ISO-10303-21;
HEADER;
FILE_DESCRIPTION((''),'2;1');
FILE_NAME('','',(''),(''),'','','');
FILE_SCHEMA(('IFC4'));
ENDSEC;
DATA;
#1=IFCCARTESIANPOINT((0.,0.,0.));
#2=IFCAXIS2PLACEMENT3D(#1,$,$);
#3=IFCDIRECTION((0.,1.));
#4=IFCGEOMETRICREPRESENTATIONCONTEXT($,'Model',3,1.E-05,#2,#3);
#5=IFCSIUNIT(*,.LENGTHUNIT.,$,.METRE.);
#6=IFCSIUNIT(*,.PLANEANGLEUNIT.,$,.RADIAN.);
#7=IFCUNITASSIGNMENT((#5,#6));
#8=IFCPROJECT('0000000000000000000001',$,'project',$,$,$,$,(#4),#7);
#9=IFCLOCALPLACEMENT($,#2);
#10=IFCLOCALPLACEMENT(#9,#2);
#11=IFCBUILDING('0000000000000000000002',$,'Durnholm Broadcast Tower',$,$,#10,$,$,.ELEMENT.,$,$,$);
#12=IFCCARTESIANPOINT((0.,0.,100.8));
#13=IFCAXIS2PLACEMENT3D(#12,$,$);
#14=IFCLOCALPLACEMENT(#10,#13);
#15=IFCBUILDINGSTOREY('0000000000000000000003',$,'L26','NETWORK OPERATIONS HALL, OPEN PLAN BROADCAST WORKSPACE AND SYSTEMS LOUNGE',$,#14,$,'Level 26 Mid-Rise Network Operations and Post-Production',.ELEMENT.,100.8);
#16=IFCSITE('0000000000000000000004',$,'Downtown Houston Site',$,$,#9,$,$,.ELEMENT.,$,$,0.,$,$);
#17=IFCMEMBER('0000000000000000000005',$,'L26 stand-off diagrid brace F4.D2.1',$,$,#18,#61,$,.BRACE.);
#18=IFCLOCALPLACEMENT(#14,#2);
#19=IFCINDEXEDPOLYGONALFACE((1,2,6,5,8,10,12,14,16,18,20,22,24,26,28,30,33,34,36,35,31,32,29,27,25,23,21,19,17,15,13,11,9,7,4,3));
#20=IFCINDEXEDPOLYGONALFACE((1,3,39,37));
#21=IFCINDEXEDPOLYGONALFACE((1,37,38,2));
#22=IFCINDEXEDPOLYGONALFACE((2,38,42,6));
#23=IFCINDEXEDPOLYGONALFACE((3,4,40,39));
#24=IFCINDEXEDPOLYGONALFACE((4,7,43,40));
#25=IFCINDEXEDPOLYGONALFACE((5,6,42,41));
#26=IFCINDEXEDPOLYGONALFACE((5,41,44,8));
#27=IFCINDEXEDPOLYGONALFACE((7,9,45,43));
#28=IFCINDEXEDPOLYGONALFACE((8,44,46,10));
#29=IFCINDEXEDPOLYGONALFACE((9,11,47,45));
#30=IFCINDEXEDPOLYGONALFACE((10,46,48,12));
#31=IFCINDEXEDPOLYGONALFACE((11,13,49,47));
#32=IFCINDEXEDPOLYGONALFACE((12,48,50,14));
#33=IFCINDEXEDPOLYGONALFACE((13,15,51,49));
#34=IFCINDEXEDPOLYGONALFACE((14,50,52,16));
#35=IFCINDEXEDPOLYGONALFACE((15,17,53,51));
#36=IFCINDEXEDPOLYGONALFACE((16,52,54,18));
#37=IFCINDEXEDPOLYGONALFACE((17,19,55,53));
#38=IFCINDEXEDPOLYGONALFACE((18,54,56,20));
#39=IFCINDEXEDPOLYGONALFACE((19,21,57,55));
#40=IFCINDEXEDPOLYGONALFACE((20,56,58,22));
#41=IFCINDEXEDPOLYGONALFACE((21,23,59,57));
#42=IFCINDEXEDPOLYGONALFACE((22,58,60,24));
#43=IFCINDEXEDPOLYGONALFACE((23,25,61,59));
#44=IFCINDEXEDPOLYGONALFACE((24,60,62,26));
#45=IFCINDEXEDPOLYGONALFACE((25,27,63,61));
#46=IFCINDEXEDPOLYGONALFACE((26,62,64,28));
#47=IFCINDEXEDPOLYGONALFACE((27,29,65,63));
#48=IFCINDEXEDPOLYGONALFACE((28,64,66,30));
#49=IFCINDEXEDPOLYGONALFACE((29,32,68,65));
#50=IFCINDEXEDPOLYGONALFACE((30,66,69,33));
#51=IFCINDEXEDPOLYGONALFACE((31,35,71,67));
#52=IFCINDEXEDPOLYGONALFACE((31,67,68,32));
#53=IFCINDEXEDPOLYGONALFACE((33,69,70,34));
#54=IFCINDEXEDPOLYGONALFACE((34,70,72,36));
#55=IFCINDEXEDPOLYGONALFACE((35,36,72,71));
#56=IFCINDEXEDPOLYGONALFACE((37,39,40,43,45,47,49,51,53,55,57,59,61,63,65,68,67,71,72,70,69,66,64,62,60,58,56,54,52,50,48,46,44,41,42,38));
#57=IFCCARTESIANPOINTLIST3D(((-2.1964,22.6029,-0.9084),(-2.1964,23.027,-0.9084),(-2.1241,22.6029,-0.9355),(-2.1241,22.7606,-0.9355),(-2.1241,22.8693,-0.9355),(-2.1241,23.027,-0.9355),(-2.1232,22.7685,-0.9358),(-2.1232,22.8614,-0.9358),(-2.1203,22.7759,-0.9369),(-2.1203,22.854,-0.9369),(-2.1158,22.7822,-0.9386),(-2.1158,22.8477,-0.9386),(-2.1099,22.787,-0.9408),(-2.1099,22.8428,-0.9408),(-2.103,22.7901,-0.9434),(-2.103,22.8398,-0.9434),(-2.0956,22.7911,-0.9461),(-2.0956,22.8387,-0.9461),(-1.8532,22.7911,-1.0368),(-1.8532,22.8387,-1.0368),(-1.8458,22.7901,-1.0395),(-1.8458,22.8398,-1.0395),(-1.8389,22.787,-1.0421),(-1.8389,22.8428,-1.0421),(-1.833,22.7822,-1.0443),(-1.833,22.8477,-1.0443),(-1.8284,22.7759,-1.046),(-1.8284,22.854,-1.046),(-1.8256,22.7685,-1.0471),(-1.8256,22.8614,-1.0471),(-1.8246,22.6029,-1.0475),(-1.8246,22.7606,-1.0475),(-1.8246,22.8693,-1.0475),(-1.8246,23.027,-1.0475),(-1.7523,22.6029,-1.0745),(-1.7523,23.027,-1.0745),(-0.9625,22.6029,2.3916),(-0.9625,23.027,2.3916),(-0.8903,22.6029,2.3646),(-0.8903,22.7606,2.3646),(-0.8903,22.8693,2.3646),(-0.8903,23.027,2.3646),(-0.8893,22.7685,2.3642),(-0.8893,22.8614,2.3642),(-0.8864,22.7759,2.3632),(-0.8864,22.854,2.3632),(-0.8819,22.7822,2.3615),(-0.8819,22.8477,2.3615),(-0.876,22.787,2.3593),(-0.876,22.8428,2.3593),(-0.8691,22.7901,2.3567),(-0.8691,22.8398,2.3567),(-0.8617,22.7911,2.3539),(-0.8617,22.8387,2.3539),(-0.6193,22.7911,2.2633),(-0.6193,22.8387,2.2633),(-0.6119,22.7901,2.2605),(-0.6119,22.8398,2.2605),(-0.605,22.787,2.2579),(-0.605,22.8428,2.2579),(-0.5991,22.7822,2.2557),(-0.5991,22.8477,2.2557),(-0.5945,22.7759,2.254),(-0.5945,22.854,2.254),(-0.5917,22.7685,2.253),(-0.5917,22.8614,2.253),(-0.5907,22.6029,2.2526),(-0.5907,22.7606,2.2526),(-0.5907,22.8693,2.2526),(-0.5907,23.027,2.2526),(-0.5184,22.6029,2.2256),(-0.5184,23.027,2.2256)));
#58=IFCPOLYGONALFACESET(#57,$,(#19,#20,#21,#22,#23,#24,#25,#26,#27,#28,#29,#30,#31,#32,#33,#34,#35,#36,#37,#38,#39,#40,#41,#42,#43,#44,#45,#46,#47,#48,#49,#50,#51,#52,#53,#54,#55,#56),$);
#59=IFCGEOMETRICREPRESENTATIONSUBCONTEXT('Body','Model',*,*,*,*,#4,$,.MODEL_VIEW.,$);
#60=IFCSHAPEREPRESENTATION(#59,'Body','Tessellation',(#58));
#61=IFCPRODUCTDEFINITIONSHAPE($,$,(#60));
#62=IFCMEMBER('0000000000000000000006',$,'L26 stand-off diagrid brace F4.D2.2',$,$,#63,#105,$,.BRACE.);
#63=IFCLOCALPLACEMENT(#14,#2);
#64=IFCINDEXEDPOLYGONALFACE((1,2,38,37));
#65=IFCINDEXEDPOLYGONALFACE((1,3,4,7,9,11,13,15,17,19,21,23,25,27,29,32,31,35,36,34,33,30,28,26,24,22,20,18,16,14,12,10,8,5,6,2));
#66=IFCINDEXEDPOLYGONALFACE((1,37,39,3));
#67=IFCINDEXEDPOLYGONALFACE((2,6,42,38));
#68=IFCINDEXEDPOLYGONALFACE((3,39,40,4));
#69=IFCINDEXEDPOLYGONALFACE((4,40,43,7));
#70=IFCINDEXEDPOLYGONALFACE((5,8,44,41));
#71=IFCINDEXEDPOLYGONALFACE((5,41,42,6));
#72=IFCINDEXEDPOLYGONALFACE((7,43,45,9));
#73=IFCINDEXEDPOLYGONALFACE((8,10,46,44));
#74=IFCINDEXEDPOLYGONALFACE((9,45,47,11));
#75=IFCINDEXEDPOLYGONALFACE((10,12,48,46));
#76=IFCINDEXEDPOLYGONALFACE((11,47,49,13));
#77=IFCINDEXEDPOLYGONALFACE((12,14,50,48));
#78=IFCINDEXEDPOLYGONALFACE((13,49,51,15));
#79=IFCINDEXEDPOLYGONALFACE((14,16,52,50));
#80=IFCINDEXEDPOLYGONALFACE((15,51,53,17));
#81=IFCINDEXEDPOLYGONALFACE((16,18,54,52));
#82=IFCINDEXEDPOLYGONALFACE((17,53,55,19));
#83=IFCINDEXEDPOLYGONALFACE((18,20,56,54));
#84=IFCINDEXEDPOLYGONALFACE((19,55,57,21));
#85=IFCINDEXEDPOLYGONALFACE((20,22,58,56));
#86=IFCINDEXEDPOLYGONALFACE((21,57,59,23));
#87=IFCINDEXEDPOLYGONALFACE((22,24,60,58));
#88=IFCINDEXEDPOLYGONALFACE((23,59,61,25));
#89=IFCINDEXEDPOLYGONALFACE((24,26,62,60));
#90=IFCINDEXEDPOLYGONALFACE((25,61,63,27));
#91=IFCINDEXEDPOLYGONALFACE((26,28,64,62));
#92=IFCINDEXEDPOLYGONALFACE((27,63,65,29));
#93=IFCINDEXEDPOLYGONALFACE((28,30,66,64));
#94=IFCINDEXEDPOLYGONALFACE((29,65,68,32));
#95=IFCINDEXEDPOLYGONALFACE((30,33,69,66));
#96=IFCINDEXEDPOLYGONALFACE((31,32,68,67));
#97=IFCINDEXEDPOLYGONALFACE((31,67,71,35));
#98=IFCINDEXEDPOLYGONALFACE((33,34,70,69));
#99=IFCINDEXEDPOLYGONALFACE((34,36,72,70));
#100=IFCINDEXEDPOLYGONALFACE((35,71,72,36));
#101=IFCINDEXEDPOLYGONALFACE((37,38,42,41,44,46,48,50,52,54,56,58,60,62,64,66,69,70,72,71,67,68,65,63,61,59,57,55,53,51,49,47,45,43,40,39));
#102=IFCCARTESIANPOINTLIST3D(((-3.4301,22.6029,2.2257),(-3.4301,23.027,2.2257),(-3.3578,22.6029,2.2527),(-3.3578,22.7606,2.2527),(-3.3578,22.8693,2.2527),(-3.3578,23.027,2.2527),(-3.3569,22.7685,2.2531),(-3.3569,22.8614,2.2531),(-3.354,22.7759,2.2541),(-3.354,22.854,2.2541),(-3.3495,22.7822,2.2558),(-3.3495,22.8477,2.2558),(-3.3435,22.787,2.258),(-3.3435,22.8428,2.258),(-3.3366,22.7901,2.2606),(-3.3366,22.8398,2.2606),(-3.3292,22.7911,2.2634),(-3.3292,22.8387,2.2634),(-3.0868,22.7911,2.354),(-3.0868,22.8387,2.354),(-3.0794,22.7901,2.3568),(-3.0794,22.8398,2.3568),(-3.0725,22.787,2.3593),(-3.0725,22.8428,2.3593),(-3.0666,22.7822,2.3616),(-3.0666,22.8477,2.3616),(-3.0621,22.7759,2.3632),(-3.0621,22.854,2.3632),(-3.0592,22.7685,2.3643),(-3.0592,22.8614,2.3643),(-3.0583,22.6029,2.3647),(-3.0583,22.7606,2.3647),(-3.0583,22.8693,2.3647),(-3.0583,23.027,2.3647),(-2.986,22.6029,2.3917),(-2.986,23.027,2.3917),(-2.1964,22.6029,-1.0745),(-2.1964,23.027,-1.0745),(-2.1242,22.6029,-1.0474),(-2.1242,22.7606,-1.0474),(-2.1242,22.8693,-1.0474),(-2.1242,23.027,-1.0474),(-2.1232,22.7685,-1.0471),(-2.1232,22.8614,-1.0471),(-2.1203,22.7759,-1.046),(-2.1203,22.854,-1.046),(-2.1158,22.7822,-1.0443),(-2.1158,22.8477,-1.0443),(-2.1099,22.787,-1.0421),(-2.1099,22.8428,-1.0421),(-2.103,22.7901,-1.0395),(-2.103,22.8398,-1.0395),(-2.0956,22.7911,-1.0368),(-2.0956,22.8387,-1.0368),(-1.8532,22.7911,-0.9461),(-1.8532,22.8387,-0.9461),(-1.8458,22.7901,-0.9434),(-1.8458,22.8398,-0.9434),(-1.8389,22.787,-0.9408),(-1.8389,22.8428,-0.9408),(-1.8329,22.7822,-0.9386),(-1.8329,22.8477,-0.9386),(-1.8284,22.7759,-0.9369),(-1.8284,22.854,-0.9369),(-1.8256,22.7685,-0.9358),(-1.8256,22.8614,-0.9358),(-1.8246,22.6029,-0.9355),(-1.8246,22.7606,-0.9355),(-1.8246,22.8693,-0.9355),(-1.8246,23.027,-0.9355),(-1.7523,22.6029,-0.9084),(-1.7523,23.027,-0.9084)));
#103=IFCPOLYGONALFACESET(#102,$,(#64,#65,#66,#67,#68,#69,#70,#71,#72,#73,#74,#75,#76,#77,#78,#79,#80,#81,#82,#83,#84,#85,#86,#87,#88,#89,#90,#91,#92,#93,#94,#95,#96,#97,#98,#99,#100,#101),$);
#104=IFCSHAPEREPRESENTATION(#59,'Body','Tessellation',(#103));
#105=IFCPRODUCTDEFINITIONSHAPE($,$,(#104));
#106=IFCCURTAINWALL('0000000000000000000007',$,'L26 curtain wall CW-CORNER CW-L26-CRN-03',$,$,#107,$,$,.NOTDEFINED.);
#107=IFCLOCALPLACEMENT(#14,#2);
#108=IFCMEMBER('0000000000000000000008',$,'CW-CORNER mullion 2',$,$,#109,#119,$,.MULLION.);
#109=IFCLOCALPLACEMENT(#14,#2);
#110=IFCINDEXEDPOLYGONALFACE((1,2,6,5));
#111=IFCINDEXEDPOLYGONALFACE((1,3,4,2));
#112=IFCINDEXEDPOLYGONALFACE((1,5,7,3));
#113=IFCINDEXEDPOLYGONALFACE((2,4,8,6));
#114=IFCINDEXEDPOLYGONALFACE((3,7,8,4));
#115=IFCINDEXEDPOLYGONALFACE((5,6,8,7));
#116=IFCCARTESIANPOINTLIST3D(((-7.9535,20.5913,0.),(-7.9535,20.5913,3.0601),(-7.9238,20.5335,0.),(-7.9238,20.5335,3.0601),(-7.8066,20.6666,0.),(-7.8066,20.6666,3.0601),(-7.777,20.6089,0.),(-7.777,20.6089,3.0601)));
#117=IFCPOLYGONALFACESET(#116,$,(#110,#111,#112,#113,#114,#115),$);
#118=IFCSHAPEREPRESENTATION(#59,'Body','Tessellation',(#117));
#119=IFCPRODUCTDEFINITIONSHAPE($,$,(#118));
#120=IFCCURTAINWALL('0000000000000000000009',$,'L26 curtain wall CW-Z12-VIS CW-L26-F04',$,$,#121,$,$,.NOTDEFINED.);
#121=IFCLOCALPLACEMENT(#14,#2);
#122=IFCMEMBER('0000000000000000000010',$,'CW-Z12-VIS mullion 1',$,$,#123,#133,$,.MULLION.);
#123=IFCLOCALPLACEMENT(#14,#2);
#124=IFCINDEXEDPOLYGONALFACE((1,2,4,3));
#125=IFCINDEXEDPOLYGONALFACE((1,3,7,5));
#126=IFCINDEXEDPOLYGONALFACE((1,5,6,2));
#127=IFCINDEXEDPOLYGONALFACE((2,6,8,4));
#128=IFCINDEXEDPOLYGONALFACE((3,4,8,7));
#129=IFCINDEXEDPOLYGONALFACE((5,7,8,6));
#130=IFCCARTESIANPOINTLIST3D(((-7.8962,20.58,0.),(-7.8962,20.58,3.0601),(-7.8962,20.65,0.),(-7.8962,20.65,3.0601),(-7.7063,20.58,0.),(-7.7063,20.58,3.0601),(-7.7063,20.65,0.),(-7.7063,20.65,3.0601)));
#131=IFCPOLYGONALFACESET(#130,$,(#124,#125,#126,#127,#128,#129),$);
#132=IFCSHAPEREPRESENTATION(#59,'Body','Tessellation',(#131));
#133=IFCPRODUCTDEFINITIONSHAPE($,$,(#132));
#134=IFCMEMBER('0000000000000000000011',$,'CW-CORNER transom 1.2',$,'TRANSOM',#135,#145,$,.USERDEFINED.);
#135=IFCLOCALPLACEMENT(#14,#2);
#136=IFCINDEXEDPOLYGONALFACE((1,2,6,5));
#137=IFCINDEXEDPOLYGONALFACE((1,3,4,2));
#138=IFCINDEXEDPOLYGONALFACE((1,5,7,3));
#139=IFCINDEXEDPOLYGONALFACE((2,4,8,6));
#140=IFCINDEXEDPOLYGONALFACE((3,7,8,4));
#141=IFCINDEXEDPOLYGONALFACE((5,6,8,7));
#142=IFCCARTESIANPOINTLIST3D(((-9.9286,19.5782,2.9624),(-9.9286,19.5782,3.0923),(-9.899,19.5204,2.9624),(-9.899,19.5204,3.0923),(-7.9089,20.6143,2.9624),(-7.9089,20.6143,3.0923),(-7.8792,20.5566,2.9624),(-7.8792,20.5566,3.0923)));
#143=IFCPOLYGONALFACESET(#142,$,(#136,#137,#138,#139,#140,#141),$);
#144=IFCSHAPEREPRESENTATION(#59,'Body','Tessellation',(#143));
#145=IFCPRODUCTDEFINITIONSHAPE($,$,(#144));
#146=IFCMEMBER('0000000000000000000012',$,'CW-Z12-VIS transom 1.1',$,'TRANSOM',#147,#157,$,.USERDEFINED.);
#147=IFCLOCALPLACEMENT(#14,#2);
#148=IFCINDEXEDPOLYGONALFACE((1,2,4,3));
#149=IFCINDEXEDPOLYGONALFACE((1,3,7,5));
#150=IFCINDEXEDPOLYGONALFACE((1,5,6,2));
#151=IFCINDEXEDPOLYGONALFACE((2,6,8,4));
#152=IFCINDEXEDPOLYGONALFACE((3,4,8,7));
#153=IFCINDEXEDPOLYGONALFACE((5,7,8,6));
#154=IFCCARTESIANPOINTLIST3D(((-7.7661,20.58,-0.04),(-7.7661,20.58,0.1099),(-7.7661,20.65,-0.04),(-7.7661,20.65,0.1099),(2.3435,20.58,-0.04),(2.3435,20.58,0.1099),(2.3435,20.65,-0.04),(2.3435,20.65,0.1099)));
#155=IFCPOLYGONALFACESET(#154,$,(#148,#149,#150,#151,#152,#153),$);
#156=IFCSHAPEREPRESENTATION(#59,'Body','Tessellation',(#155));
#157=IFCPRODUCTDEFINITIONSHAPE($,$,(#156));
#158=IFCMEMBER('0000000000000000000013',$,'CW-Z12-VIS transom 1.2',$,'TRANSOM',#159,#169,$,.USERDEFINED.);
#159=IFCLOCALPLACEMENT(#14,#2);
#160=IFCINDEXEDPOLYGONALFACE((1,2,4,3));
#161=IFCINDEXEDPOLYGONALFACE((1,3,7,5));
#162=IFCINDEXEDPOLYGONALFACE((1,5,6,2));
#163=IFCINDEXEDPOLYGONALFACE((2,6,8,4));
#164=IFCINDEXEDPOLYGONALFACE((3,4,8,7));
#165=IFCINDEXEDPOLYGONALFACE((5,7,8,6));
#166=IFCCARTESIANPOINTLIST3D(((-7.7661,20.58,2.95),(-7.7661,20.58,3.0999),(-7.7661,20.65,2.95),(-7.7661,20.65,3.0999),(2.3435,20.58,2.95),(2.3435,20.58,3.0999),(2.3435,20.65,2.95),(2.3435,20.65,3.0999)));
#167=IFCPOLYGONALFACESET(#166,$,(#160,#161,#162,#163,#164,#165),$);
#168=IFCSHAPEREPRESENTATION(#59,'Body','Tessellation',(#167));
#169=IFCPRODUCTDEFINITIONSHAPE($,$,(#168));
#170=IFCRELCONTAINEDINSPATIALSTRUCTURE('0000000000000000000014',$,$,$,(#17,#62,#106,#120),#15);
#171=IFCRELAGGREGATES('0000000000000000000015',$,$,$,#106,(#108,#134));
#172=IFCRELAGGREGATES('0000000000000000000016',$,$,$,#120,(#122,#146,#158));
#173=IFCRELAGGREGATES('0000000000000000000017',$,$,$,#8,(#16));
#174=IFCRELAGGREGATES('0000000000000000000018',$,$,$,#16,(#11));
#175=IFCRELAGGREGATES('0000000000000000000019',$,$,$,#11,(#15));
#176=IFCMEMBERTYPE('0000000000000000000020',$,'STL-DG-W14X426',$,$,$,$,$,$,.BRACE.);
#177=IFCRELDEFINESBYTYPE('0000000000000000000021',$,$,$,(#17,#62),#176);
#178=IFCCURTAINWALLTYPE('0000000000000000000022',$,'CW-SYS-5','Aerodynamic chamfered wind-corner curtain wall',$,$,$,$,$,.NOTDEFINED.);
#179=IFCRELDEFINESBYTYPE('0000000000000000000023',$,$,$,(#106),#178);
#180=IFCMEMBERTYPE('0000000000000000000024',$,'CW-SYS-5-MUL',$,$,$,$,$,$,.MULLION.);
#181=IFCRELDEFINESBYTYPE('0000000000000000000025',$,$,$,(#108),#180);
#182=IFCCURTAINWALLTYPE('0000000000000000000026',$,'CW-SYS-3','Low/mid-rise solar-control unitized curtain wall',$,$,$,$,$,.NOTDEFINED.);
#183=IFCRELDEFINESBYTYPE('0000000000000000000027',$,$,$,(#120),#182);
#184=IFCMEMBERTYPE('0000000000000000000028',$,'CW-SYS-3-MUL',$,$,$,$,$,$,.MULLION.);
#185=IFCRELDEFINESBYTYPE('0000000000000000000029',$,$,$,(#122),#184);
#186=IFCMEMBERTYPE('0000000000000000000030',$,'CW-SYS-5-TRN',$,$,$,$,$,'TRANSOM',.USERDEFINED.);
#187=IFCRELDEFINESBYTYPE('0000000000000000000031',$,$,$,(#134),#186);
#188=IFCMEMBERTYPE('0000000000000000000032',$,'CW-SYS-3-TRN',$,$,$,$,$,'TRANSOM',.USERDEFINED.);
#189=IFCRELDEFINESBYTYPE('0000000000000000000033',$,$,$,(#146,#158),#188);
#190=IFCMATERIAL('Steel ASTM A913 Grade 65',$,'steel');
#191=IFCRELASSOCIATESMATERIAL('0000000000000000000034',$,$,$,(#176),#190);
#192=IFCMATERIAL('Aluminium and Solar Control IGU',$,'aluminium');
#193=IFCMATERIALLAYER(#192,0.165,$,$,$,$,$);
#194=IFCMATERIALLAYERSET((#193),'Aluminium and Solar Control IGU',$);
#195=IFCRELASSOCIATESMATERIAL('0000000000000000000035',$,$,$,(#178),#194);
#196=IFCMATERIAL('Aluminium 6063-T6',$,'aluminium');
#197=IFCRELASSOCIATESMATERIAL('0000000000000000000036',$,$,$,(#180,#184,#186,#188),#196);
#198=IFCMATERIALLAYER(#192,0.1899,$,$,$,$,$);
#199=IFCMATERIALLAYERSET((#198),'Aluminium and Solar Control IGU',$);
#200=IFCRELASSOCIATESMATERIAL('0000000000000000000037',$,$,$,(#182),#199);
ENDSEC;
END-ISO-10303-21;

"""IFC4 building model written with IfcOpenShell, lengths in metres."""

from ifc_helpers import new_model, si_unit, direction, frame, origin, origin_2d, place, context, subcontext, project, spatial, rectangle, i_section, extrude, source, transform, mapped, material, layer, layer_set, material_profile, profile_set, type_object, type_shapes, element, aggregate, save


model = new_model("IFC4")

# Units and contexts
model_context = context("Model", 3, precision=1e-05, world=origin(), true_north=direction((0.0, 1.0)))
body_context = subcontext(model_context, "Body", "Model", "MODEL_VIEW")
ifc_project = project(units=[si_unit("LENGTHUNIT", "METRE"), si_unit("PLANEANGLEUNIT", "RADIAN")], contexts=[model_context])

# Site, building, storey
site_placement = place(None, origin())
site = spatial("IfcSite", under=ifc_project, at=site_placement, Name="Downtown Houston Site", CompositionType="ELEMENT", RefElevation=0.0)
building_placement = place(site_placement, origin())
building = spatial("IfcBuilding", under=site, at=building_placement, Name="Durnholm Broadcast Tower", CompositionType="ELEMENT")
storey_placement = place(building_placement, frame((0.0, 0.0, 100.8)))
storey = spatial("IfcBuildingStorey", under=building, at=storey_placement, Name="L26", Description="NETWORK OPERATIONS HALL, OPEN PLAN BROADCAST WORKSPACE AND SYSTEMS LOUNGE", LongName="Level 26 Mid-Rise Network Operations and Post-Production", CompositionType="ELEMENT", Elevation=100.8)

# Members
ifc_material_1 = material(Name="Steel ASTM A913 Grade 65", Category="steel")
ifc_material_profile_1 = material_profile(ifc_material_1, i_section(OverallWidth=0.4241, OverallDepth=0.4741, WebThickness=0.0476, FlangeThickness=0.0771, FilletRadius=0.0305, at=origin_2d()), Name="W14X426")
ifc_profile_set_1 = profile_set([ifc_material_profile_1], Name="Steel ASTM A913 Grade 65")
member_type_1 = type_object("IfcMemberType", Name="STL-DG-W14X426", PredefinedType="BRACE", material=ifc_profile_set_1)
shared_shape_1 = source(origin(), body_context, "Body", "SweptSolid", [
    extrude(i_section(OverallWidth=0.4241, OverallDepth=0.4741, WebThickness=0.0476, FlangeThickness=0.0771, FilletRadius=0.0305, at=origin_2d()), origin(), (0.0, 0.0, 1.0), 3.5232),
])
type_shapes(member_type_1, [shared_shape_1])
for number, where, z_axis, x_axis, name in (
    (1, (-1.9744, 22.8149, -0.9915), (0.35022, 0.0, 0.936668), (0.0, 1.0, 0.0), "L26 stand-off diagrid brace F4.D2.1"),
    (2, (-1.9744, 22.8149, -0.9915), (-0.350159, 0.0, 0.93669), (0.0, -1.0, 0.0), "L26 stand-off diagrid brace F4.D2.2"),
):
    element("IfcMember", number, at=place(storey_placement, frame(where, z_axis=z_axis, x_axis=x_axis)), inside=storey, type_object=member_type_1, Name=name, PredefinedType="BRACE", context=body_context, shape_type="MappedRepresentation", body=[
        mapped(shared_shape_1, transform((0.0, 0.0, 0.0), x_axis=(1.0, 0.0, 0.0), y_axis=(0.0, 1.0, 0.0), z_axis=(0.0, 0.0, 1.0), scale=1.0)),
    ])

# Curtain walls, members
ifc_material_2 = material(Name="Aluminium and Solar Control IGU", Category="aluminium")
ifc_layer_1 = layer(ifc_material_2, 0.165)
ifc_layer_set_1 = layer_set([ifc_layer_1], Name="Aluminium and Solar Control IGU")
curtain_wall_type_1 = type_object("IfcCurtainWallType", Name="CW-SYS-5", Description="Aerodynamic chamfered wind-corner curtain wall", PredefinedType="NOTDEFINED", material=ifc_layer_set_1)
curtain_wall_1_placement = place(storey_placement, origin())
curtain_wall_1 = element("IfcCurtainWall", 3, at=curtain_wall_1_placement, inside=storey, type_object=curtain_wall_type_1, Name="L26 curtain wall CW-CORNER CW-L26-CRN-03", PredefinedType="NOTDEFINED")
ifc_material_3 = material(Name="Aluminium 6063-T6", Category="aluminium")
ifc_material_profile_2 = material_profile(ifc_material_3, rectangle(XDim=0.0649, YDim=0.165, at=origin_2d()), Name="CWM65X165")
ifc_profile_set_2 = profile_set([ifc_material_profile_2], Name="Aluminium 6063-T6")
member_type_2 = type_object("IfcMemberType", Name="CW-SYS-5-MUL", PredefinedType="MULLION", material=ifc_profile_set_2)
shared_shape_2 = source(origin(), body_context, "Body", "SweptSolid", [
    extrude(rectangle(XDim=0.0649, YDim=0.165, at=origin_2d()), origin(), (0.0, 0.0, 1.0), 3.0601),
])
type_shapes(member_type_2, [shared_shape_2])
member_1_placement = place(storey_placement, frame((-7.8652, 20.6001, 0.0), z_axis=(0.0, 0.0, 1.0), x_axis=(-0.456373, 0.889788, 0.0)))
member_1 = element("IfcMember", 4, at=member_1_placement, type_object=member_type_2, Name="CW-CORNER mullion 2", PredefinedType="MULLION", context=body_context, shape_type="MappedRepresentation", body=[
    mapped(shared_shape_2, transform((0.0, 0.0, 0.0), x_axis=(1.0, 0.0, 0.0), y_axis=(0.0, 1.0, 0.0), z_axis=(0.0, 0.0, 1.0), scale=1.0)),
])
ifc_layer_2 = layer(ifc_material_2, 0.1899)
ifc_layer_set_2 = layer_set([ifc_layer_2], Name="Aluminium and Solar Control IGU")
curtain_wall_type_2 = type_object("IfcCurtainWallType", Name="CW-SYS-3", Description="Low/mid-rise solar-control unitized curtain wall", PredefinedType="NOTDEFINED", material=ifc_layer_set_2)
curtain_wall_2_placement = place(storey_placement, origin())
curtain_wall_2 = element("IfcCurtainWall", 5, at=curtain_wall_2_placement, inside=storey, type_object=curtain_wall_type_2, Name="L26 curtain wall CW-Z12-VIS CW-L26-F04", PredefinedType="NOTDEFINED")
ifc_material_profile_3 = material_profile(ifc_material_3, rectangle(XDim=0.0701, YDim=0.1899, at=origin_2d()), Name="CWM70X190")
ifc_profile_set_3 = profile_set([ifc_material_profile_3], Name="Aluminium 6063-T6")
member_type_3 = type_object("IfcMemberType", Name="CW-SYS-3-MUL", PredefinedType="MULLION", material=ifc_profile_set_3)
shared_shape_3 = source(origin(), body_context, "Body", "SweptSolid", [
    extrude(rectangle(XDim=0.0701, YDim=0.1899, at=origin_2d()), origin(), (0.0, 0.0, 1.0), 3.0601),
])
type_shapes(member_type_3, [shared_shape_3])
member_2_placement = place(storey_placement, frame((-7.8013, 20.615, 0.0), z_axis=(0.0, 0.0, 1.0), x_axis=(0.0, 1.0, 0.0)))
member_2 = element("IfcMember", 6, at=member_2_placement, type_object=member_type_3, Name="CW-Z12-VIS mullion 1", PredefinedType="MULLION", context=body_context, shape_type="MappedRepresentation", body=[
    mapped(shared_shape_3, transform((0.0, 0.0, 0.0), x_axis=(1.0, 0.0, 0.0), y_axis=(0.0, 1.0, 0.0), z_axis=(0.0, 0.0, 1.0), scale=1.0)),
])

# Members
ifc_material_profile_4 = material_profile(ifc_material_3, rectangle(XDim=0.0649, YDim=0.1299, at=origin_2d()), Name="CWT65X130")
ifc_profile_set_4 = profile_set([ifc_material_profile_4], Name="Aluminium 6063-T6")
member_type_4 = type_object("IfcMemberType", Name="CW-SYS-5-TRN", ElementType="TRANSOM", PredefinedType="USERDEFINED", material=ifc_profile_set_4)
shared_shape_4 = source(origin(), body_context, "Body", "SweptSolid", [
    extrude(rectangle(XDim=0.0649, YDim=0.1299, at=origin_2d()), origin(), (0.0, 0.0, 1.0), 2.27),
])
type_shapes(member_type_4, [shared_shape_4])
member_3_placement = place(storey_placement, frame((-9.9138, 19.5493, 3.0273), z_axis=(0.889755, 0.456439, 0.0), x_axis=(-0.456439, 0.889755, 0.0)))
member_3 = element("IfcMember", 7, at=member_3_placement, type_object=member_type_4, Name="CW-CORNER transom 1.2", ObjectType="TRANSOM", PredefinedType="USERDEFINED", context=body_context, shape_type="MappedRepresentation", body=[
    mapped(shared_shape_4, transform((0.0, 0.0, 0.0), x_axis=(1.0, 0.0, 0.0), y_axis=(0.0, 1.0, 0.0), z_axis=(0.0, 0.0, 1.0), scale=1.0)),
])
ifc_material_profile_5 = material_profile(ifc_material_3, rectangle(XDim=0.0701, YDim=0.1499, at=origin_2d()), Name="CWT70X150")
ifc_profile_set_5 = profile_set([ifc_material_profile_5], Name="Aluminium 6063-T6")
member_type_5 = type_object("IfcMemberType", Name="CW-SYS-3-TRN", ElementType="TRANSOM", PredefinedType="USERDEFINED", material=ifc_profile_set_5)
shared_shape_5 = source(origin(), body_context, "Body", "SweptSolid", [
    extrude(rectangle(XDim=0.0701, YDim=0.1499, at=origin_2d()), origin(), (0.0, 0.0, 1.0), 10.1096),
])
type_shapes(member_type_5, [shared_shape_5])
member_4_placement = place(storey_placement, frame((-7.7661, 20.615, 0.0349), z_axis=(1.0, 0.0, 0.0), x_axis=(0.0, 1.0, 0.0)))
member_4 = element("IfcMember", 8, at=member_4_placement, type_object=member_type_5, Name="CW-Z12-VIS transom 1.1", ObjectType="TRANSOM", PredefinedType="USERDEFINED", context=body_context, shape_type="MappedRepresentation", body=[
    mapped(shared_shape_5, transform((0.0, 0.0, 0.0), x_axis=(1.0, 0.0, 0.0), y_axis=(0.0, 1.0, 0.0), z_axis=(0.0, 0.0, 1.0), scale=1.0)),
])
member_5_placement = place(storey_placement, frame((-7.7661, 20.615, 3.0249), z_axis=(1.0, 0.0, 0.0), x_axis=(0.0, 1.0, 0.0)))
member_5 = element("IfcMember", 9, at=member_5_placement, type_object=member_type_5, Name="CW-Z12-VIS transom 1.2", ObjectType="TRANSOM", PredefinedType="USERDEFINED", context=body_context, shape_type="MappedRepresentation", body=[
    mapped(shared_shape_5, transform((0.0, 0.0, 0.0), x_axis=(1.0, 0.0, 0.0), y_axis=(0.0, 1.0, 0.0), z_axis=(0.0, 0.0, 1.0), scale=1.0)),
])

aggregate(curtain_wall_1, [member_1, member_3])
aggregate(curtain_wall_2, [member_2, member_4, member_5])

save(model, "model.ifc")
